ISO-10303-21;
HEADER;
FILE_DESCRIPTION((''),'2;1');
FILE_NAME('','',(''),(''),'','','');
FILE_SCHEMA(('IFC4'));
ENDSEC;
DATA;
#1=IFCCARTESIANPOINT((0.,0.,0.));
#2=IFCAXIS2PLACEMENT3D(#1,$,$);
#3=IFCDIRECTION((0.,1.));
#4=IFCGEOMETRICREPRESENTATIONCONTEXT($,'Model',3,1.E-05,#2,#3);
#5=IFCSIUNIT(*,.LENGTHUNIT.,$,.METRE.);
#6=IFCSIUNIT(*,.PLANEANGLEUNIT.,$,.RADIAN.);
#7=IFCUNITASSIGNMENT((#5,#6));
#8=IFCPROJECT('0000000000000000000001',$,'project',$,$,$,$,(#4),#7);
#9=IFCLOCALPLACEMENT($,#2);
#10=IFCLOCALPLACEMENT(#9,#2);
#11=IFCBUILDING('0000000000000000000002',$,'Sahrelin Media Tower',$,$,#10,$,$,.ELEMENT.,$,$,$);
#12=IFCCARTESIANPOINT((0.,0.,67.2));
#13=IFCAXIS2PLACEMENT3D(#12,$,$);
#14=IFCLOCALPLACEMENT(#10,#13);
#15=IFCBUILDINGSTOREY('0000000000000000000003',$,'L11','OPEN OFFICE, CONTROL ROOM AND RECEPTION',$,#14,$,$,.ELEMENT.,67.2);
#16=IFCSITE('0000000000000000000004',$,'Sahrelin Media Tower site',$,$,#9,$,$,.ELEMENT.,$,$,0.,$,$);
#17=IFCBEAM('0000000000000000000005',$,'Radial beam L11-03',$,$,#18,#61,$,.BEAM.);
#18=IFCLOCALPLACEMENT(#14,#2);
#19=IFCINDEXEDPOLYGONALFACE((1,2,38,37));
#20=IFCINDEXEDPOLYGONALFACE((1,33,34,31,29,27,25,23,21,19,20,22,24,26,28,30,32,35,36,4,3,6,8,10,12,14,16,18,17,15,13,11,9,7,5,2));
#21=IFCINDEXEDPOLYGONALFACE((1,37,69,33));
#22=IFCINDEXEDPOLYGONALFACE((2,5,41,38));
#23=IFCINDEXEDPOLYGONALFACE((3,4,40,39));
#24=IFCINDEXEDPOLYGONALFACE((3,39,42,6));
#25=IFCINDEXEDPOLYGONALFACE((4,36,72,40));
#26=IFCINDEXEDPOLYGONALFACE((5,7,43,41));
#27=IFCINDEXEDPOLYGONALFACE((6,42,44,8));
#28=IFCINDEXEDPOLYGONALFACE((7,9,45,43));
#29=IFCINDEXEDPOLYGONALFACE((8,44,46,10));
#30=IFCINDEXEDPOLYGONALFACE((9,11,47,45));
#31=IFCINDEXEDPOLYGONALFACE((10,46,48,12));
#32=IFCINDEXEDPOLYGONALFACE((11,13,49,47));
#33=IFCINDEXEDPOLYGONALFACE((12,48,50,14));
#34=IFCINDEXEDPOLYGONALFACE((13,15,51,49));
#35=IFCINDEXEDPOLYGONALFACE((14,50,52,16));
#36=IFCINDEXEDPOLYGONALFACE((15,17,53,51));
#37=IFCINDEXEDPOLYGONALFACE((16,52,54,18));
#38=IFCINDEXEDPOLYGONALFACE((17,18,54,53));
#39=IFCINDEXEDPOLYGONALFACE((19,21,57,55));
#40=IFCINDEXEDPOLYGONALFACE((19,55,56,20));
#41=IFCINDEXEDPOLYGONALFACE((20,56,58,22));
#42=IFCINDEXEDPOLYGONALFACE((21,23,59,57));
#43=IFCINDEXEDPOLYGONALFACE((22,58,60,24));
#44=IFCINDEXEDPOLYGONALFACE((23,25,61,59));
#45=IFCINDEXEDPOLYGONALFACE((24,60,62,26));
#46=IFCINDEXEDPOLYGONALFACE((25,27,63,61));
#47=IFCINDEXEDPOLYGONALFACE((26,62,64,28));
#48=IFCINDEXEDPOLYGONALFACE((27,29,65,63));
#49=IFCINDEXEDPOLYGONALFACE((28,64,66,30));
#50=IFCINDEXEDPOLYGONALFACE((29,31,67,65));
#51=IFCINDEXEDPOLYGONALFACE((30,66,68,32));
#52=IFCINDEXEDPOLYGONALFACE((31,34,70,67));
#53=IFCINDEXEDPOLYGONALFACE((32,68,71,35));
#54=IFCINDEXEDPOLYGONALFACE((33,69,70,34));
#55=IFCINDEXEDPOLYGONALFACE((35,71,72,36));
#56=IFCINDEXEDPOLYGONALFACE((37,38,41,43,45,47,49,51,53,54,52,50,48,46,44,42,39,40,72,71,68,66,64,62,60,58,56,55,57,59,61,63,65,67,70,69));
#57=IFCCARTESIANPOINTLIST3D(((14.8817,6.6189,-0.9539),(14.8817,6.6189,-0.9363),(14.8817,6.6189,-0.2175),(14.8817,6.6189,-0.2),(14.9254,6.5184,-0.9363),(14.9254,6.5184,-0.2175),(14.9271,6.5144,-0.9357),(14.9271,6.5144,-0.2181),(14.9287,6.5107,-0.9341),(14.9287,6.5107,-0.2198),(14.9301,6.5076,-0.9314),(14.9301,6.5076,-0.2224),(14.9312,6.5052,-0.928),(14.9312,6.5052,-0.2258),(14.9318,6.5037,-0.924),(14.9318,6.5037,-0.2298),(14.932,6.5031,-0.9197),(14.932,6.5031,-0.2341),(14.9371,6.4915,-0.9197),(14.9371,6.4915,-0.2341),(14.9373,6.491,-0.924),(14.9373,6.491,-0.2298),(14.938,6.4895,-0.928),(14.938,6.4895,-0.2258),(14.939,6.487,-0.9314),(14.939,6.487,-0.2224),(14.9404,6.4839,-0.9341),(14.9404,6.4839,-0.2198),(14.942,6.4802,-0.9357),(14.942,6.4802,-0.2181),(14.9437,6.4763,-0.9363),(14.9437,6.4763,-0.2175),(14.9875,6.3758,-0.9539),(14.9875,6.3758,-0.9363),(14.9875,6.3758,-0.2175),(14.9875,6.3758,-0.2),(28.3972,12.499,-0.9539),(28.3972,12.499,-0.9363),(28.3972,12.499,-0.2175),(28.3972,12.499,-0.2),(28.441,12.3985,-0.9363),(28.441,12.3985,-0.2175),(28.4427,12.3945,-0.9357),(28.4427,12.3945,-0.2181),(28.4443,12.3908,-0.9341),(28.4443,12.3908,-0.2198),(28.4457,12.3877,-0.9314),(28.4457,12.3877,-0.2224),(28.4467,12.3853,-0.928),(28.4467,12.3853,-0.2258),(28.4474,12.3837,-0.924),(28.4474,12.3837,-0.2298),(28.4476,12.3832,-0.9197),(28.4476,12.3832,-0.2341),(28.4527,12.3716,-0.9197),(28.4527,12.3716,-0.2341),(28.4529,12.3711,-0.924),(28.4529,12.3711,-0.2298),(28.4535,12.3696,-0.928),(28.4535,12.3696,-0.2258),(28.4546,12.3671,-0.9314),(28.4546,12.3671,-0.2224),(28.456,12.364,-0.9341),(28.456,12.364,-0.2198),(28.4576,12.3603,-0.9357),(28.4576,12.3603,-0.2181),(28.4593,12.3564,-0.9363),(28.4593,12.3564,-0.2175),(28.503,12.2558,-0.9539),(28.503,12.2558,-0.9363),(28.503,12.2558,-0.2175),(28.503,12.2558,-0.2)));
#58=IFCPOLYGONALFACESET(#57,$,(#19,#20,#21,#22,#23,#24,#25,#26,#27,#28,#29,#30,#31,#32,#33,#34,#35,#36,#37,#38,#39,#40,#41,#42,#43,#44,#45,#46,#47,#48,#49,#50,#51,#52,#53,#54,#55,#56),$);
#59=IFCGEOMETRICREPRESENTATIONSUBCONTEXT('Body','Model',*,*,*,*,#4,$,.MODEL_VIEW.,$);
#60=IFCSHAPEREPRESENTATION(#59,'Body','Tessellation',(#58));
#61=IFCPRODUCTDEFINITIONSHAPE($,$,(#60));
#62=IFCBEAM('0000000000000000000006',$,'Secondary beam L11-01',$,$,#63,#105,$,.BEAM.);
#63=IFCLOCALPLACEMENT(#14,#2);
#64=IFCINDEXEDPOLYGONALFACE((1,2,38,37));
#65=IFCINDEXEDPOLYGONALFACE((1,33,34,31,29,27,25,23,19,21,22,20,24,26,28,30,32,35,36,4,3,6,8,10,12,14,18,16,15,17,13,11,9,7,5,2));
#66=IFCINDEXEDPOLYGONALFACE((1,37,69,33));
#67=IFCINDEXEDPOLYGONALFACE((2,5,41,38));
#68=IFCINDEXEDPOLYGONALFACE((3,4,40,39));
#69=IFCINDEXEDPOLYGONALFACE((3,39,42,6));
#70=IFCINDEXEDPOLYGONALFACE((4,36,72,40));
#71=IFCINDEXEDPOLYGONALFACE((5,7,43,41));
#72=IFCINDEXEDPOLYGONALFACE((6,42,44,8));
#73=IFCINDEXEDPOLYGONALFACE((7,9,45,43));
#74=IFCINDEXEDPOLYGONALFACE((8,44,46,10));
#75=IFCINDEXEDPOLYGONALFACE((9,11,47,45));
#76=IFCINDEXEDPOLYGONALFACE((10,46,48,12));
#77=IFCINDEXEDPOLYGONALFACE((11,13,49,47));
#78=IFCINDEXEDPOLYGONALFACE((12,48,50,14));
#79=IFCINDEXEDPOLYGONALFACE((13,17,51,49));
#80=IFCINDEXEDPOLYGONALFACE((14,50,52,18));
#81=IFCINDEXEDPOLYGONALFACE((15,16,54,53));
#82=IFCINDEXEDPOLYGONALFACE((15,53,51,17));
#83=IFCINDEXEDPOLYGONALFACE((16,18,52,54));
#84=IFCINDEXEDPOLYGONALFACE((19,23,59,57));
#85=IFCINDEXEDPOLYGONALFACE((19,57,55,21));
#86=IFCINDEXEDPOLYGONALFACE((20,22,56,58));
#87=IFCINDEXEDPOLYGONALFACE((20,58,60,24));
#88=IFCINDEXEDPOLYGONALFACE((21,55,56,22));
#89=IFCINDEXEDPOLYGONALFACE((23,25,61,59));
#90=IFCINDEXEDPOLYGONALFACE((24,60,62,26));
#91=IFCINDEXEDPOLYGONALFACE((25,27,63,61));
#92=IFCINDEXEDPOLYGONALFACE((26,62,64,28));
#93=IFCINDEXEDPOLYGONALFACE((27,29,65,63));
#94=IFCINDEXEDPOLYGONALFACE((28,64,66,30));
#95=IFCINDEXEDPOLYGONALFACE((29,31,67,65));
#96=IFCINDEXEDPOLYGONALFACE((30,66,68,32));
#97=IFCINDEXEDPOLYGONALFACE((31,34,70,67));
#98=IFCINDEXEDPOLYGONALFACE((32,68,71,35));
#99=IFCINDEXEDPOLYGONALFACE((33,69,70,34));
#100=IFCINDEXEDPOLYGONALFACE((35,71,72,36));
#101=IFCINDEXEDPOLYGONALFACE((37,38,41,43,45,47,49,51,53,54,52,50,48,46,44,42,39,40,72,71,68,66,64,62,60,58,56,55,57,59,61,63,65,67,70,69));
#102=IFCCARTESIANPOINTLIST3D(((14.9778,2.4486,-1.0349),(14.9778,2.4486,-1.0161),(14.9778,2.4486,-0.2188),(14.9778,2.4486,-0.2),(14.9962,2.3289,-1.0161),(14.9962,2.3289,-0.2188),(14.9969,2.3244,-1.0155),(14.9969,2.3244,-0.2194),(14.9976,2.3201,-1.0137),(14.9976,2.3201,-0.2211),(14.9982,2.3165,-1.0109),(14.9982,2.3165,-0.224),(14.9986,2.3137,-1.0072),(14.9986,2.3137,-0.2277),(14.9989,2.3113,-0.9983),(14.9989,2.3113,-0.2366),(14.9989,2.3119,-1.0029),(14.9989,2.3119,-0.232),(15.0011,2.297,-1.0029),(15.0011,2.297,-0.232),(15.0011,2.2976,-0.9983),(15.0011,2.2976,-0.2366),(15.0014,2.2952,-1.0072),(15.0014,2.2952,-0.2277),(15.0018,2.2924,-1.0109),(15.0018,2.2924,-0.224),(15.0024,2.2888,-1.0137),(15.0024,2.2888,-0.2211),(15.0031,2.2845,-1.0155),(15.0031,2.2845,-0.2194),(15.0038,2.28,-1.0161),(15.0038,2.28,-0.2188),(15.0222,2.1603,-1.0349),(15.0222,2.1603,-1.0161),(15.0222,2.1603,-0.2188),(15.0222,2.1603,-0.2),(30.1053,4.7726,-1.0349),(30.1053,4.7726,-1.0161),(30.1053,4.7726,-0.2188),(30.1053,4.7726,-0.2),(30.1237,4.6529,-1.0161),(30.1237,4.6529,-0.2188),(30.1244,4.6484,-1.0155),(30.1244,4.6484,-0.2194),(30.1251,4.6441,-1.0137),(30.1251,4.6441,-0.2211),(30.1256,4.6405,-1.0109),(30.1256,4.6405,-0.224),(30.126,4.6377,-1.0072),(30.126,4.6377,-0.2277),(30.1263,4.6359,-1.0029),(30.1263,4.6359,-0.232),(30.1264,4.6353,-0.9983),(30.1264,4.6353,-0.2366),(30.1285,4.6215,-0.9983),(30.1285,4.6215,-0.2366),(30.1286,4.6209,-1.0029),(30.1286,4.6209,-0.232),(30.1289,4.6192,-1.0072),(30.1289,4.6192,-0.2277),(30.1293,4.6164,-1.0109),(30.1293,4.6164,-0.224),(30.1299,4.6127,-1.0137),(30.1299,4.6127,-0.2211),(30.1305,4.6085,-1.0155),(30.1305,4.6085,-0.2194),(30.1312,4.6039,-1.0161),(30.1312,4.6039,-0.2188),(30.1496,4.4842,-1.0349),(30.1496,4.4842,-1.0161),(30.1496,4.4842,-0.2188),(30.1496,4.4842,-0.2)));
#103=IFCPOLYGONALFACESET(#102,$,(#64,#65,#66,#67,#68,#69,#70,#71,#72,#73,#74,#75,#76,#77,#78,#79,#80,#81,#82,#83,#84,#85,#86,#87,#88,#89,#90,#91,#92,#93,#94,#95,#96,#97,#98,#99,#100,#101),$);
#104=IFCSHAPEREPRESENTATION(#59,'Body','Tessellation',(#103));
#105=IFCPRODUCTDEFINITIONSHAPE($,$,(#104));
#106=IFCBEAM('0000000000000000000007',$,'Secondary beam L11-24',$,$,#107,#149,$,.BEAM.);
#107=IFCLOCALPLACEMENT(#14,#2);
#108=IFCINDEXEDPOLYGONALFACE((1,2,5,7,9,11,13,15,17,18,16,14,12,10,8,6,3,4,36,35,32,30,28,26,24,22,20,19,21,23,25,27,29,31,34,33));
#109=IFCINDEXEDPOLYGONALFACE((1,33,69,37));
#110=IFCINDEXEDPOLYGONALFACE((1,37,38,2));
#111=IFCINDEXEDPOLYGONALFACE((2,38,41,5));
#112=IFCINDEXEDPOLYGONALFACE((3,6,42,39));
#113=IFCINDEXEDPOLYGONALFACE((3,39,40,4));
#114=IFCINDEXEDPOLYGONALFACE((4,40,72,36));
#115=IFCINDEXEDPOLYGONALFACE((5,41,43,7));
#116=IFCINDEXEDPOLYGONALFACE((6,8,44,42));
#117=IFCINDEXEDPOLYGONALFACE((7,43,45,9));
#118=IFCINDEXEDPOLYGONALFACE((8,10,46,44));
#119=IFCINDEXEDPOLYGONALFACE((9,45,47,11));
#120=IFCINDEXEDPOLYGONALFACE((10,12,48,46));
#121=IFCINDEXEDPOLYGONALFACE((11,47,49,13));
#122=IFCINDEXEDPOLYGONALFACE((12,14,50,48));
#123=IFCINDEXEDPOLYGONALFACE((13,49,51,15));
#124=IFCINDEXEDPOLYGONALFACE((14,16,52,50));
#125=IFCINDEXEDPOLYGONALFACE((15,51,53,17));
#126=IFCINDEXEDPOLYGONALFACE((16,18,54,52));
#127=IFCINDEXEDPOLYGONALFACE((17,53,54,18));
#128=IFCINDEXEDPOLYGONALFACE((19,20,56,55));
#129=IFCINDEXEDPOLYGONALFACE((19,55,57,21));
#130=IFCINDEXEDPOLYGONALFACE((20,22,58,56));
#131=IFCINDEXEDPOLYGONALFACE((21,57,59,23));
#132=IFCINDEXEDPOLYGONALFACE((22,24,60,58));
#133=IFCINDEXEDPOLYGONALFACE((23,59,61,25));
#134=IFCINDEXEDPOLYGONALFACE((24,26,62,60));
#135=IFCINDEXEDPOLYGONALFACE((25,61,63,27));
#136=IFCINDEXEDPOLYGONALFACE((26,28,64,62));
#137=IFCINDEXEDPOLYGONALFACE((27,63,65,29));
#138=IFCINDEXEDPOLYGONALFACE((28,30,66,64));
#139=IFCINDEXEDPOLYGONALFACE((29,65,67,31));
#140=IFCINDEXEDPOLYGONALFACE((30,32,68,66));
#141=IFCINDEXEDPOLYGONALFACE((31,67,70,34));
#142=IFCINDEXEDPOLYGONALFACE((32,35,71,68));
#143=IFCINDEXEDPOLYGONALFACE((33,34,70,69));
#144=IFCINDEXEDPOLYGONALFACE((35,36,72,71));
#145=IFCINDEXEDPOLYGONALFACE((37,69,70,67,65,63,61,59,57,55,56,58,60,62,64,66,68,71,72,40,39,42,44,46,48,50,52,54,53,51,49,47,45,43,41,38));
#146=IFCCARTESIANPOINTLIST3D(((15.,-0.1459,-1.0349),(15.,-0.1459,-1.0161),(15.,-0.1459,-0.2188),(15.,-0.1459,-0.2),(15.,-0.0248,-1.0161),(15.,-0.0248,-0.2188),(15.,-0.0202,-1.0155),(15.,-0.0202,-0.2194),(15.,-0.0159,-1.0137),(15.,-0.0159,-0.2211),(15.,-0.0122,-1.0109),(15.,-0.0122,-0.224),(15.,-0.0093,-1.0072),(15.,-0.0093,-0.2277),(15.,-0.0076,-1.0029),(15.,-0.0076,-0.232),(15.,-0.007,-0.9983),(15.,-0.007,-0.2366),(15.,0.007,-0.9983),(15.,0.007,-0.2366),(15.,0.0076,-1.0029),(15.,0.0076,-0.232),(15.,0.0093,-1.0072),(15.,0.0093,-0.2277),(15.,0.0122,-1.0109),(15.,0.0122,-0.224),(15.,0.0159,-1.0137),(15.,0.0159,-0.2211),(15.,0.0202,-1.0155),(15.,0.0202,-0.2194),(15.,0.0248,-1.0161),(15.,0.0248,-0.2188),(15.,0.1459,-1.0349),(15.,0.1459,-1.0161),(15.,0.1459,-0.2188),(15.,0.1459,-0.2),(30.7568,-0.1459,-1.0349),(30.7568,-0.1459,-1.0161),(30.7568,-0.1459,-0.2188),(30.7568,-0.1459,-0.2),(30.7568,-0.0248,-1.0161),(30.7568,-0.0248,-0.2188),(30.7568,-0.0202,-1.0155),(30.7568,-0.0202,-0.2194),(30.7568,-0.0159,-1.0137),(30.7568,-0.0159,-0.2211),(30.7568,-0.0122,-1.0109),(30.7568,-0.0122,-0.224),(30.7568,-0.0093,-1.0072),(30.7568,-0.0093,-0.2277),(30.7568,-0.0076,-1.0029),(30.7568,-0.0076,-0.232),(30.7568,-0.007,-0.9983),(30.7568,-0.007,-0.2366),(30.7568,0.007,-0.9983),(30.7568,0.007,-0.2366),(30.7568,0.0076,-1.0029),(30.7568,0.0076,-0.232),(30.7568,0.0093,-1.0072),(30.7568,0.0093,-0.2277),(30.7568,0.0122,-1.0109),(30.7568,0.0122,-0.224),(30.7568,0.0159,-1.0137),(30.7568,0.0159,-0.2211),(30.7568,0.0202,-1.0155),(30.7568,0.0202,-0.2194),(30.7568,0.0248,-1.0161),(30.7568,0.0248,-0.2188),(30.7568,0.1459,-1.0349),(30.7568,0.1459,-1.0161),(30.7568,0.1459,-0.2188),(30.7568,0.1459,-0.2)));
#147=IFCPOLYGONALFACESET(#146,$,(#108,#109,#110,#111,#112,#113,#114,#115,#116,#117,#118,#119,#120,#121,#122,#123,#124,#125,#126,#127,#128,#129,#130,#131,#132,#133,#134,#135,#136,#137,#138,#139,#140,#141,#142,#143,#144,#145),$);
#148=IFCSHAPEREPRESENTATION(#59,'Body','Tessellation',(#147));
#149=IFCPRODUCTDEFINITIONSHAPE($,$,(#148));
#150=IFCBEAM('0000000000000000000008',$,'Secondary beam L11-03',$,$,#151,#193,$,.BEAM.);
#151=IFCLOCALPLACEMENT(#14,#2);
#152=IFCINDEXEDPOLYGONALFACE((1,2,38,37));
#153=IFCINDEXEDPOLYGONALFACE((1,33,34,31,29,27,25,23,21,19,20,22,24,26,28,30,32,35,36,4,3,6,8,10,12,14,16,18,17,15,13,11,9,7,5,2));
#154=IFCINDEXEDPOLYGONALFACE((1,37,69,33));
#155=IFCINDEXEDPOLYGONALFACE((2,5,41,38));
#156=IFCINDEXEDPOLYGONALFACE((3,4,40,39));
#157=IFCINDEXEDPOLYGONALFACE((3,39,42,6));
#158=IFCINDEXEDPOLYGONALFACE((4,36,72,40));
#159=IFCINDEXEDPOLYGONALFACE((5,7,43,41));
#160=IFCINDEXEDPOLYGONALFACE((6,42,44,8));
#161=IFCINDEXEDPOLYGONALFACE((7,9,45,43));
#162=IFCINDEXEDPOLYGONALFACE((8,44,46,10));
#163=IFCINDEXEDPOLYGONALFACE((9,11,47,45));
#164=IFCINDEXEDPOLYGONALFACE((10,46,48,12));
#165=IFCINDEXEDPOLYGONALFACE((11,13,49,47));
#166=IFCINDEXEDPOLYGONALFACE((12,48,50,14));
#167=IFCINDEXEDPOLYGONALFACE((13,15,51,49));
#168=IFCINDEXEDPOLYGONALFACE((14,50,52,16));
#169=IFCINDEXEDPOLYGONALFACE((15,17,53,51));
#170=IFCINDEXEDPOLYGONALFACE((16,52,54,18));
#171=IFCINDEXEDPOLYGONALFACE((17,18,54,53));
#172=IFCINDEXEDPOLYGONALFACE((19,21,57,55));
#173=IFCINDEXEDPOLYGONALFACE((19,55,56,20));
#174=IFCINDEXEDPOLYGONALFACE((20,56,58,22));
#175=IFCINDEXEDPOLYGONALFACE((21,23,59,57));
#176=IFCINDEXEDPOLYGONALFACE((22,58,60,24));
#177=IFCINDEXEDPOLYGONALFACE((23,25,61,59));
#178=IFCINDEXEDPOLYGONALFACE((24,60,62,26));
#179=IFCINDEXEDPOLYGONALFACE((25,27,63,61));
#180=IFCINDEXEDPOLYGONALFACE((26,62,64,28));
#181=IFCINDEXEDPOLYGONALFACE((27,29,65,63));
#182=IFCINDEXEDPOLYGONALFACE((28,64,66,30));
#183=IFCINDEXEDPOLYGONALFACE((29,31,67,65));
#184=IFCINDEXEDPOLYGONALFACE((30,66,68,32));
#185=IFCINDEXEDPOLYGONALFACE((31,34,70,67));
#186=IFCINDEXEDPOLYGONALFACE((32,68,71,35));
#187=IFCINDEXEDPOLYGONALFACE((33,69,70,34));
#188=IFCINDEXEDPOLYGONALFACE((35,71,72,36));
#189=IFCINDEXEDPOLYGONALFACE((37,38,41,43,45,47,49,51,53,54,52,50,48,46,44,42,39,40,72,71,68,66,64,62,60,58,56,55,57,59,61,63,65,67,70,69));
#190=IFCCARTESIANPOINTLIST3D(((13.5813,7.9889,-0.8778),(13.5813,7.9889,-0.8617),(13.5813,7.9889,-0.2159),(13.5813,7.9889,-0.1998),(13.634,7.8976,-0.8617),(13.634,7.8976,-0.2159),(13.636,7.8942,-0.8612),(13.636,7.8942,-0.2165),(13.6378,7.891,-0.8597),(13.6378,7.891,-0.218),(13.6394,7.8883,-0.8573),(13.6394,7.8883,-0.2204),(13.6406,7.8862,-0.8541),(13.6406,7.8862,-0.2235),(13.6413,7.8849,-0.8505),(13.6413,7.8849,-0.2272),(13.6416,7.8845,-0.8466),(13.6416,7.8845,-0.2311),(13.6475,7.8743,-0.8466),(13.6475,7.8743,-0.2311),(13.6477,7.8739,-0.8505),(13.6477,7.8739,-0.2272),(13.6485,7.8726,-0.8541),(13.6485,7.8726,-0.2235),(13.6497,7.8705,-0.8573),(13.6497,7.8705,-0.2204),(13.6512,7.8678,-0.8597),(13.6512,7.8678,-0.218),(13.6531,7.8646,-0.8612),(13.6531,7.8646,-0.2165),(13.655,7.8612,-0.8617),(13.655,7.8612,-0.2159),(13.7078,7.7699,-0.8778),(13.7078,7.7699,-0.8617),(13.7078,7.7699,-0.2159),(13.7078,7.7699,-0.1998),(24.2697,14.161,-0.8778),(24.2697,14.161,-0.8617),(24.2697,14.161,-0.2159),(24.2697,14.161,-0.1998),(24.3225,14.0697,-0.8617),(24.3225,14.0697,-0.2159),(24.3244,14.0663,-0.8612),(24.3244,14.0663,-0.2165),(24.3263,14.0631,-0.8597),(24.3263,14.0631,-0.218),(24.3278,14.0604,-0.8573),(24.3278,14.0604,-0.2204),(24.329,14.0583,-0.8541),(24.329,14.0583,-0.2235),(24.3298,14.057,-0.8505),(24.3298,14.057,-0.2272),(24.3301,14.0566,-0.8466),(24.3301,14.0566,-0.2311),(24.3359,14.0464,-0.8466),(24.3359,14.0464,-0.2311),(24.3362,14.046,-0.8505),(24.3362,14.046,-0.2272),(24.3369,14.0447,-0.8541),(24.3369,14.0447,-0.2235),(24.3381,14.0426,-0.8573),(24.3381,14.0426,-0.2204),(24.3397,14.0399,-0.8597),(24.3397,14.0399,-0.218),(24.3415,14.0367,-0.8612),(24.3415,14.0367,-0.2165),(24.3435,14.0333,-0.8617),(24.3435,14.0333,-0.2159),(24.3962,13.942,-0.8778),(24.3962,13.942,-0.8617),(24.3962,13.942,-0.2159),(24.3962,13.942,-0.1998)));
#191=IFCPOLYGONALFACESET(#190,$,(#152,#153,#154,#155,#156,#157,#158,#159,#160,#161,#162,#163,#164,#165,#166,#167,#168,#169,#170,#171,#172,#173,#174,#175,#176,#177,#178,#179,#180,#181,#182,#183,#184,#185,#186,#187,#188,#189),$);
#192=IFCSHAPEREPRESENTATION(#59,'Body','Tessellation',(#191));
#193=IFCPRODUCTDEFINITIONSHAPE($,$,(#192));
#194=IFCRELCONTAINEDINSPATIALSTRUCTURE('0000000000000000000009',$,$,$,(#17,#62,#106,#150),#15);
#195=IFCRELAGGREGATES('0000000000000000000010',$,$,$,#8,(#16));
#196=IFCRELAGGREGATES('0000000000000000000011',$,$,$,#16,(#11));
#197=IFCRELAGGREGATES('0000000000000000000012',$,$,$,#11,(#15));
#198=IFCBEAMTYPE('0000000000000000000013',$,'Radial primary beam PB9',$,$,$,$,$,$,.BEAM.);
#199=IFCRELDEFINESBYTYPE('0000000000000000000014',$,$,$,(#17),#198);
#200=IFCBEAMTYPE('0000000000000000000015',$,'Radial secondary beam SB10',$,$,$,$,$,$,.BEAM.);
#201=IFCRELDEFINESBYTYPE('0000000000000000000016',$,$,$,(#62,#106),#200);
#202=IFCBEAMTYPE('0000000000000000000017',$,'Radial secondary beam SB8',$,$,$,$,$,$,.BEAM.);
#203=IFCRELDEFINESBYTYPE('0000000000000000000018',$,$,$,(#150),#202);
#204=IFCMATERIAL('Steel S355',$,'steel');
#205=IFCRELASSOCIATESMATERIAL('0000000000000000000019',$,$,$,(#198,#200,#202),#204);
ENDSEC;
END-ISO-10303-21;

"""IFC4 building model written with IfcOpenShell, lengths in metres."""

from ifc_helpers import new_model, si_unit, direction, frame, origin, origin_2d, place, context, subcontext, project, spatial, i_section, extrude, material, material_profile, profile_set, type_object, element, save


model = new_model("IFC4")

# Units and contexts
model_context = context("Model", 3, precision=1e-05, world=origin(), true_north=direction((0.0, 1.0)))
body_context = subcontext(model_context, "Body", "Model", "MODEL_VIEW")
ifc_project = project(units=[si_unit("LENGTHUNIT", "METRE"), si_unit("PLANEANGLEUNIT", "RADIAN")], contexts=[model_context])

# Site, building, storey
site_placement = place(None, origin())
site = spatial("IfcSite", under=ifc_project, at=site_placement, Name="Sahrelin Media Tower site", CompositionType="ELEMENT", RefElevation=0.0)
building_placement = place(site_placement, origin())
building = spatial("IfcBuilding", under=site, at=building_placement, Name="Sahrelin Media Tower", CompositionType="ELEMENT")
storey_placement = place(building_placement, frame((0.0, 0.0, 67.2)))
storey = spatial("IfcBuildingStorey", under=building, at=storey_placement, Name="L11", Description="OPEN OFFICE, CONTROL ROOM AND RECEPTION", CompositionType="ELEMENT", Elevation=67.2)

# Beams
ifc_material_1 = material(Name="Steel S355", Category="steel")
ifc_material_profile_1 = material_profile(ifc_material_1, i_section(OverallWidth=0.2651, OverallDepth=0.7539, WebThickness=0.0127, FlangeThickness=0.0176, FilletRadius=0.0166, at=origin_2d()), Name="UB 762x267x147")
ifc_profile_set_1 = profile_set([ifc_material_profile_1], Name="Steel S355")
beam_type_1 = type_object("IfcBeamType", Name="Radial primary beam PB9", PredefinedType="BEAM", material=ifc_profile_set_1)
beam_1_placement = place(storey_placement, frame((14.9346, 6.4973, -0.5769), z_axis=(0.916977, 0.398941, 0.0), x_axis=(-0.398941, 0.916977, 0.0)))
element("IfcBeam", 1, at=beam_1_placement, inside=storey, type_object=beam_type_1, Name="Radial beam L11-03", PredefinedType="BEAM", context=body_context, shape_type="SweptSolid", body=[
    extrude(i_section(OverallWidth=0.2651, OverallDepth=0.7539, WebThickness=0.0127, FlangeThickness=0.0176, FilletRadius=0.0166, at=origin_2d()), origin(), (0.0, 0.0, 1.0), 14.7393),
])
ifc_material_profile_2 = material_profile(ifc_material_1, i_section(OverallWidth=0.2917, OverallDepth=0.835, WebThickness=0.0139, FlangeThickness=0.0188, FilletRadius=0.0178, at=origin_2d()), Name="UB 838x292x176")
ifc_profile_set_2 = profile_set([ifc_material_profile_2], Name="Steel S355")
beam_type_2 = type_object("IfcBeamType", Name="Radial secondary beam SB10", PredefinedType="BEAM", material=ifc_profile_set_2)
beam_2_placement = place(storey_placement, frame((15.0, 2.3044, -0.6174), z_axis=(0.988404, 0.151845, 0.0), x_axis=(-0.151845, 0.988404, 0.0)))
element("IfcBeam", 2, at=beam_2_placement, inside=storey, type_object=beam_type_2, Name="Secondary beam L11-01", PredefinedType="BEAM", context=body_context, shape_type="SweptSolid", body=[
    extrude(i_section(OverallWidth=0.2917, OverallDepth=0.835, WebThickness=0.0139, FlangeThickness=0.0188, FilletRadius=0.0178, at=origin_2d()), origin(), (0.0, 0.0, 1.0), 15.3049),
])
beam_3_placement = place(storey_placement, frame((15.0, 0.0, -0.6174), z_axis=(1.0, 0.0, 0.0), x_axis=(0.0, 1.0, 0.0)))
element("IfcBeam", 3, at=beam_3_placement, inside=storey, type_object=beam_type_2, Name="Secondary beam L11-24", PredefinedType="BEAM", context=body_context, shape_type="SweptSolid", body=[
    extrude(i_section(OverallWidth=0.2917, OverallDepth=0.835, WebThickness=0.0139, FlangeThickness=0.0188, FilletRadius=0.0178, at=origin_2d()), origin(), (0.0, 0.0, 1.0), 15.7568),
])
ifc_material_profile_3 = material_profile(ifc_material_1, i_section(OverallWidth=0.2529, OverallDepth=0.678, WebThickness=0.0117, FlangeThickness=0.0161, FilletRadius=0.0151, at=origin_2d()), Name="UB 686x254x125")
ifc_profile_set_3 = profile_set([ifc_material_profile_3], Name="Steel S355")
beam_type_3 = type_object("IfcBeamType", Name="Radial secondary beam SB8", PredefinedType="BEAM", material=ifc_profile_set_3)
beam_4_placement = place(storey_placement, frame((13.6445, 7.8794, -0.5388), z_axis=(0.865986, 0.500068, 0.0), x_axis=(-0.500068, 0.865986, 0.0)))
element("IfcBeam", 4, at=beam_4_placement, inside=storey, type_object=beam_type_3, Name="Secondary beam L11-03", PredefinedType="BEAM", context=body_context, shape_type="SweptSolid", body=[
    extrude(i_section(OverallWidth=0.2529, OverallDepth=0.678, WebThickness=0.0117, FlangeThickness=0.0161, FilletRadius=0.0151, at=origin_2d()), origin(), (0.0, 0.0, 1.0), 12.3425),
])

save(model, "model.ifc")
